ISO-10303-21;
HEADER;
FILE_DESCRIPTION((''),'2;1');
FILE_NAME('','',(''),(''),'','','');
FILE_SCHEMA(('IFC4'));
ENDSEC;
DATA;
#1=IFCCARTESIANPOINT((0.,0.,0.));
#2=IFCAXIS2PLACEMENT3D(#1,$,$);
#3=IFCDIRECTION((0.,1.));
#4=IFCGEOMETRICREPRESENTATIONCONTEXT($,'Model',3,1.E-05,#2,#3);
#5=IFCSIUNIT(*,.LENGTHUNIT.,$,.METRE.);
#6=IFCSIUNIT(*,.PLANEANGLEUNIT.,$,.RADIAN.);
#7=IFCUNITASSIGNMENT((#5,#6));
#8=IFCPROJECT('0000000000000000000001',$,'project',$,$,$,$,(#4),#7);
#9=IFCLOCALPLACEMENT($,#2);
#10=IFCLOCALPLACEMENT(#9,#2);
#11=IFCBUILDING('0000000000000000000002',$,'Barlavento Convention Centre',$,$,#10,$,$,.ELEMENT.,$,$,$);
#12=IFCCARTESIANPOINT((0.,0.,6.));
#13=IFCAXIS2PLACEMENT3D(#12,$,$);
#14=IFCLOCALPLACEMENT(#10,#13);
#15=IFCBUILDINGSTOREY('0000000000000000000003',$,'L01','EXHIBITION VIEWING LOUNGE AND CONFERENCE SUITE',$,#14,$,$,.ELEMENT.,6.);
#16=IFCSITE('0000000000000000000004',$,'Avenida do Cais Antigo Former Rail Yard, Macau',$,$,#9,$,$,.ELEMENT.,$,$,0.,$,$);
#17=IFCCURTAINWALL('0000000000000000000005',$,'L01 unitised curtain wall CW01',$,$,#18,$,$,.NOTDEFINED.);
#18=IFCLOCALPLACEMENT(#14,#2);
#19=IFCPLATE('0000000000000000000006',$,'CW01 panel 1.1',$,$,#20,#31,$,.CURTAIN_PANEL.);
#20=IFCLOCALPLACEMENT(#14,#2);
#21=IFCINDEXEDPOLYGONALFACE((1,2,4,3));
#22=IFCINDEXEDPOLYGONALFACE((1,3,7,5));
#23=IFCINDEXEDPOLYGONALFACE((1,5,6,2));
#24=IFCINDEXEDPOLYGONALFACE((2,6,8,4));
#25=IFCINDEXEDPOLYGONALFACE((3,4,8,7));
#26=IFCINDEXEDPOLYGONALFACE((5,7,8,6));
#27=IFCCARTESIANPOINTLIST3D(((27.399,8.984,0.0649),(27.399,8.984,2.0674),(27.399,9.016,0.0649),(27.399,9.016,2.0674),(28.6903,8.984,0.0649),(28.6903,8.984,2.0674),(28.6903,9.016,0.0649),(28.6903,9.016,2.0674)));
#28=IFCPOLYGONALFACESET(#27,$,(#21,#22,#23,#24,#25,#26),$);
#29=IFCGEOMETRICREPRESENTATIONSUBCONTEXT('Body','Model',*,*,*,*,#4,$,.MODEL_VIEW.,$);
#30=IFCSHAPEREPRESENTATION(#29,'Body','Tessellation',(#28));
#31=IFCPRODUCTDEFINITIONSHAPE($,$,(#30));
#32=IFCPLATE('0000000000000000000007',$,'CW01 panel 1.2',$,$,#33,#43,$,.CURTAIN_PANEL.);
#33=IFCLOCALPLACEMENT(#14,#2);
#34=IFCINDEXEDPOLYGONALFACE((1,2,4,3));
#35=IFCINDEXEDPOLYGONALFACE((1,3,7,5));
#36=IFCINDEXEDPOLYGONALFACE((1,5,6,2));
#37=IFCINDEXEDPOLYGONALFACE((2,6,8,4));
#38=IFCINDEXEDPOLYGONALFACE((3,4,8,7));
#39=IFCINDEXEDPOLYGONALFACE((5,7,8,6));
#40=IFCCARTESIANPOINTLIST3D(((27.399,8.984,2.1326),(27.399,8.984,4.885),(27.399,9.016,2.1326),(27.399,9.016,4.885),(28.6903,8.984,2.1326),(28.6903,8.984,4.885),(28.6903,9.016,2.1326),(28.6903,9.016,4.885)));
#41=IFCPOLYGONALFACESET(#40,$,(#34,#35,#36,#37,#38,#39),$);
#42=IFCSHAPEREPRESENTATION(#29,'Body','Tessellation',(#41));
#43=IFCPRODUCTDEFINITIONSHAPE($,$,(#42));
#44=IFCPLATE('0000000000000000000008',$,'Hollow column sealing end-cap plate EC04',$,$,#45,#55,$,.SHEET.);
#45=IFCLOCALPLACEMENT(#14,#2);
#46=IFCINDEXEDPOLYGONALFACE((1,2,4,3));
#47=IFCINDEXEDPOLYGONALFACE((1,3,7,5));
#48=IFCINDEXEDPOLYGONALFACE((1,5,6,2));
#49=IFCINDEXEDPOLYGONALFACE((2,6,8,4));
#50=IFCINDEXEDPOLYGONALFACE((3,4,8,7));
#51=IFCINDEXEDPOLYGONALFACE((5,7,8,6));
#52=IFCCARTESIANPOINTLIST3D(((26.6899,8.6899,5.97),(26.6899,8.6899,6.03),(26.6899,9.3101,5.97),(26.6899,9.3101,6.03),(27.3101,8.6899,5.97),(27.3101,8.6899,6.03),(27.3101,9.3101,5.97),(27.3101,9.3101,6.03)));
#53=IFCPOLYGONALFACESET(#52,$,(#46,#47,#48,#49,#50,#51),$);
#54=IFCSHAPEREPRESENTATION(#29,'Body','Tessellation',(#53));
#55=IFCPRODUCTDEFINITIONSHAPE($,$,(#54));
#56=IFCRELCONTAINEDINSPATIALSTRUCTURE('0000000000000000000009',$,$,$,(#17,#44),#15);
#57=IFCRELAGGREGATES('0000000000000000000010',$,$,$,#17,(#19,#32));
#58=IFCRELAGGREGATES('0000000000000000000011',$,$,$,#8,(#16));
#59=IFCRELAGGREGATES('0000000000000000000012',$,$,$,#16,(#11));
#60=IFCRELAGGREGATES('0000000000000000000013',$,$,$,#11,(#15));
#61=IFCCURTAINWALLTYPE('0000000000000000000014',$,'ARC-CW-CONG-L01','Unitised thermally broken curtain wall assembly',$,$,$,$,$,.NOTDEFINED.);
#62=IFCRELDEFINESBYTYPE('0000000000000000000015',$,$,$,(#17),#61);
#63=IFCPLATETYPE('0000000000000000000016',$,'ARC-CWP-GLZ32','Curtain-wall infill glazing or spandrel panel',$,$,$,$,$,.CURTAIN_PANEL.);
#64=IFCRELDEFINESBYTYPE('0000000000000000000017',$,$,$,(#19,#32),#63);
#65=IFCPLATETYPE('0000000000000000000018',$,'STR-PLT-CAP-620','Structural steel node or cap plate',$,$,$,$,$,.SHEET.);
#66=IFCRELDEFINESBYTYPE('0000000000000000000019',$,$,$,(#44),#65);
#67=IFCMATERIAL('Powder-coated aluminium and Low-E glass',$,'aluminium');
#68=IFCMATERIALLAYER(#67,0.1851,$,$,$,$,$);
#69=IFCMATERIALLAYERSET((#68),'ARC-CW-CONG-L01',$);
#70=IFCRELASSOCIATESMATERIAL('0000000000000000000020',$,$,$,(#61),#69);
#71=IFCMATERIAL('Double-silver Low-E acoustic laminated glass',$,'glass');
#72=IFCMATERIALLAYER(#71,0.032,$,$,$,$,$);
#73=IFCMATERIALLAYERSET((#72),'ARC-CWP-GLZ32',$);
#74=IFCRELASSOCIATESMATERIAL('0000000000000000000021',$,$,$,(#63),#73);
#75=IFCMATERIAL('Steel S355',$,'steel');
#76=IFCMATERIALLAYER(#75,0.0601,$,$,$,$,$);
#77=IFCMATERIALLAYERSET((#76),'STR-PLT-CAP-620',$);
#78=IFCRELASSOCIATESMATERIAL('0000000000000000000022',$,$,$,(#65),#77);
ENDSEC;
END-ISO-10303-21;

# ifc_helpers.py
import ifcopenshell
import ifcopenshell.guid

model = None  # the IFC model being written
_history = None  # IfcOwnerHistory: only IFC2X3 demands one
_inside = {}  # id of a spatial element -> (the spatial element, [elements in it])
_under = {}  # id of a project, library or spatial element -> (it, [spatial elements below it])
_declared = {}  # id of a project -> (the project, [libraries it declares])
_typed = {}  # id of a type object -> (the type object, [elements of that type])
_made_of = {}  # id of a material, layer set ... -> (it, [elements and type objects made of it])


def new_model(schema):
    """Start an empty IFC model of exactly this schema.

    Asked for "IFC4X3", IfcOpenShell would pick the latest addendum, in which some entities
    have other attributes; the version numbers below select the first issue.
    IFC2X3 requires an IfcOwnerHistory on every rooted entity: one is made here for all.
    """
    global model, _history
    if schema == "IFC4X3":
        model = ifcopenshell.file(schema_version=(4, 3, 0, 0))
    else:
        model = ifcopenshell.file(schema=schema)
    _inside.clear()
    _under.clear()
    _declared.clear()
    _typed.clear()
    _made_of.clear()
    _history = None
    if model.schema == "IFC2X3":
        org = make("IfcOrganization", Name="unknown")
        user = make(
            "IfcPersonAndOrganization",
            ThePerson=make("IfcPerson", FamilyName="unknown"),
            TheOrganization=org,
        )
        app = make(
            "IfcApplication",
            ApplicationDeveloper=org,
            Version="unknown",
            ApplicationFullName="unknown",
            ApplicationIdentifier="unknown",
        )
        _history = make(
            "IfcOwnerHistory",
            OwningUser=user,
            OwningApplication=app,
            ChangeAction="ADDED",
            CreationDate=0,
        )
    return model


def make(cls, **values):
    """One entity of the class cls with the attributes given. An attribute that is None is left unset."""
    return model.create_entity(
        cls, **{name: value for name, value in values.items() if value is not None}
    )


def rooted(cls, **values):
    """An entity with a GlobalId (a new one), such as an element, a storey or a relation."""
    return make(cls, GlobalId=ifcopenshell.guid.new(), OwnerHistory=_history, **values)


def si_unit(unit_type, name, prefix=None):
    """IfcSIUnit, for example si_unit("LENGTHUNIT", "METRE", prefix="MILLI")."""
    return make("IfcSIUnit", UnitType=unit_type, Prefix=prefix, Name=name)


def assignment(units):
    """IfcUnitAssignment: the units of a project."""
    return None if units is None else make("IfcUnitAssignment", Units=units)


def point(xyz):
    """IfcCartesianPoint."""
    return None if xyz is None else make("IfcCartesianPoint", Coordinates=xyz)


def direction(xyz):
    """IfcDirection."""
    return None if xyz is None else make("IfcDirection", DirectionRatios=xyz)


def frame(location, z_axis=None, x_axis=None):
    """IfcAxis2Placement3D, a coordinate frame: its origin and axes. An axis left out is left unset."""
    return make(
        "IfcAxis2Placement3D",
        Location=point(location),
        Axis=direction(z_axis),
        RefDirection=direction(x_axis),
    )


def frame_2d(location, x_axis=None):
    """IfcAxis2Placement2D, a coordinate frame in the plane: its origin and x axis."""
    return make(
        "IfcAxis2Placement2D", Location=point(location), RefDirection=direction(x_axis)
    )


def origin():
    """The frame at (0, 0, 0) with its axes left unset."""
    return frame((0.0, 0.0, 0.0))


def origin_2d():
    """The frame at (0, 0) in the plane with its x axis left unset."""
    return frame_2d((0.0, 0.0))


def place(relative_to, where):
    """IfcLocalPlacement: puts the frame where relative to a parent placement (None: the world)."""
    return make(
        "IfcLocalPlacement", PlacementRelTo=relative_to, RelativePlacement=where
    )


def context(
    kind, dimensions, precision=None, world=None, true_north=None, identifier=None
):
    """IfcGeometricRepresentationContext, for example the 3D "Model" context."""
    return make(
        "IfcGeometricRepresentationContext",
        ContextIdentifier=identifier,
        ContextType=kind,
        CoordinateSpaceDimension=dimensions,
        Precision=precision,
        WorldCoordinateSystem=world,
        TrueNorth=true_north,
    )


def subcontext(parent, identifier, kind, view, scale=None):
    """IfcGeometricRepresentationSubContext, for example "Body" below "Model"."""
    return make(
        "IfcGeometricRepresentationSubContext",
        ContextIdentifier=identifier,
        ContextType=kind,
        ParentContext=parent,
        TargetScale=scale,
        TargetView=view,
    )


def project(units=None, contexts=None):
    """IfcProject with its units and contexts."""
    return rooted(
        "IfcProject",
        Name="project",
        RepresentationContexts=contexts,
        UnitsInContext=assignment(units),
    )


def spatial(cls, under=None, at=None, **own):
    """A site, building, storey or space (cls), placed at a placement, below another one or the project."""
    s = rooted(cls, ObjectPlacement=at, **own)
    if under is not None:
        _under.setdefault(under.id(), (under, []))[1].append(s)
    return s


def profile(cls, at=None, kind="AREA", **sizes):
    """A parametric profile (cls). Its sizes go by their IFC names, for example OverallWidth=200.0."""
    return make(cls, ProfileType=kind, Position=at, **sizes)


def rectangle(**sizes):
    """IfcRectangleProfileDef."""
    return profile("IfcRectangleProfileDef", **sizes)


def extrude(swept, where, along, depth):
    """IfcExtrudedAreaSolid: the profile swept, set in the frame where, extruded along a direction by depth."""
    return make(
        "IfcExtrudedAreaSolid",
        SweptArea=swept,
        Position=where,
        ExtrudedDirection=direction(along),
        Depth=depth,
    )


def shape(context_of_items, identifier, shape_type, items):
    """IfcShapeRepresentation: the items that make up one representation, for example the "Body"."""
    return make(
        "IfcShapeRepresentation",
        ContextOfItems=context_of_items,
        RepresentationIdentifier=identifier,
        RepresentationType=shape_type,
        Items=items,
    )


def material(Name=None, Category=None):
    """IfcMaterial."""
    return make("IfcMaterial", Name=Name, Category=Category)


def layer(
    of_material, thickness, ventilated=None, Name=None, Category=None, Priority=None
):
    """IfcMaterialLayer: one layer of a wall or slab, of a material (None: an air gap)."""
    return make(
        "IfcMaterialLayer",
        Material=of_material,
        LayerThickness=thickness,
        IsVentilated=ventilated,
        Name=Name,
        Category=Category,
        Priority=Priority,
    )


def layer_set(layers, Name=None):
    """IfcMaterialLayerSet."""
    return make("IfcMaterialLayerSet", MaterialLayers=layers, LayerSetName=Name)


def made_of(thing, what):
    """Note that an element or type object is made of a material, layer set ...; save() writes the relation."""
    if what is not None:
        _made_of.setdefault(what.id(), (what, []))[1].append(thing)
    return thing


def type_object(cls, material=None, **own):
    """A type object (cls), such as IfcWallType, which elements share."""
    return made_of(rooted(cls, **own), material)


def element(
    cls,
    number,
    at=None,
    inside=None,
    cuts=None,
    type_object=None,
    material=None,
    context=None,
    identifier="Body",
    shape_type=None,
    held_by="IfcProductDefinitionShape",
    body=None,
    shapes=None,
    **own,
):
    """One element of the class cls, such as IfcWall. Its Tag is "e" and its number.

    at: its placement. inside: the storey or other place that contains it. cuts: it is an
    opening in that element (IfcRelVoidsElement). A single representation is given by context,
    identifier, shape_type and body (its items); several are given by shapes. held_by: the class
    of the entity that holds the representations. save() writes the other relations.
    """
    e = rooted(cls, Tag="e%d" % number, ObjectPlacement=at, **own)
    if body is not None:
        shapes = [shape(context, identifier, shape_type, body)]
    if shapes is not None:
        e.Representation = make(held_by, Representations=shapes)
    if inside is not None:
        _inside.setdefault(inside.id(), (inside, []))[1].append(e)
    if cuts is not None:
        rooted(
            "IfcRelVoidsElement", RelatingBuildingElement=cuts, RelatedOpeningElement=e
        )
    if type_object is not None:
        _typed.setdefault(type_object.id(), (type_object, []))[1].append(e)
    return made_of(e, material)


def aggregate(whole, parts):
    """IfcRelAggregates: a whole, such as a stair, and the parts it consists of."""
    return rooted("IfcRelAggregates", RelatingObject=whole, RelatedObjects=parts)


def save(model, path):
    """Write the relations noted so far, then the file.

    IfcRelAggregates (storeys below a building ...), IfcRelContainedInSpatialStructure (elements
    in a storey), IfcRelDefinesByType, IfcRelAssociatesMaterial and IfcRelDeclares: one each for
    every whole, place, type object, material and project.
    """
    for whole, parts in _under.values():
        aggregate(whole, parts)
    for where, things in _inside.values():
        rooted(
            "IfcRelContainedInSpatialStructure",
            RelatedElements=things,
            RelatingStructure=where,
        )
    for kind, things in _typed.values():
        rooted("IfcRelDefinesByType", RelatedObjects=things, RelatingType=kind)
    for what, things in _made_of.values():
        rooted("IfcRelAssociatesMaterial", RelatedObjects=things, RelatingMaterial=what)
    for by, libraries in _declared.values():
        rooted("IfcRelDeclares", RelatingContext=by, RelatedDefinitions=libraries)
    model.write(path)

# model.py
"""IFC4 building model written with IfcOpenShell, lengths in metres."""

from ifc_helpers import new_model, si_unit, direction, frame, origin, origin_2d, place, context, subcontext, project, spatial, rectangle, extrude, material, layer, layer_set, type_object, element, aggregate, save


model = new_model("IFC4")

# Units and contexts
model_context = context("Model", 3, precision=1e-05, world=origin(), true_north=direction((0.0, 1.0)))
body_context = subcontext(model_context, "Body", "Model", "MODEL_VIEW")
ifc_project = project(units=[si_unit("LENGTHUNIT", "METRE"), si_unit("PLANEANGLEUNIT", "RADIAN")], contexts=[model_context])

# Site, building, storey
site_placement = place(None, origin())
site = spatial("IfcSite", under=ifc_project, at=site_placement, Name="Avenida do Cais Antigo Former Rail Yard, Macau", CompositionType="ELEMENT", RefElevation=0.0)
building_placement = place(site_placement, origin())
building = spatial("IfcBuilding", under=site, at=building_placement, Name="Barlavento Convention Centre", CompositionType="ELEMENT")
storey_placement = place(building_placement, frame((0.0, 0.0, 6.0)))
storey = spatial("IfcBuildingStorey", under=building, at=storey_placement, Name="L01", Description="EXHIBITION VIEWING LOUNGE AND CONFERENCE SUITE", CompositionType="ELEMENT", Elevation=6.0)

# Curtain wall
ifc_material_1 = material(Name="Powder-coated aluminium and Low-E glass", Category="aluminium")
ifc_layer_1 = layer(ifc_material_1, 0.1851)
ifc_layer_set_1 = layer_set([ifc_layer_1], Name="ARC-CW-CONG-L01")
curtain_wall_type = type_object("IfcCurtainWallType", Name="ARC-CW-CONG-L01", Description="Unitised thermally broken curtain wall assembly", PredefinedType="NOTDEFINED", material=ifc_layer_set_1)
curtain_wall_1_placement = place(storey_placement, origin())
curtain_wall_1 = element("IfcCurtainWall", 1, at=curtain_wall_1_placement, inside=storey, type_object=curtain_wall_type, Name="L01 unitised curtain wall CW01", PredefinedType="NOTDEFINED")

# Shared definitions
ifc_material_2 = material(Name="Steel S355", Category="steel")

# Plates
ifc_material_3 = material(Name="Double-silver Low-E acoustic laminated glass", Category="glass")
ifc_layer_2 = layer(ifc_material_3, 0.032)
ifc_layer_set_2 = layer_set([ifc_layer_2], Name="ARC-CWP-GLZ32")
plate_type_1 = type_object("IfcPlateType", Name="ARC-CWP-GLZ32", Description="Curtain-wall infill glazing or spandrel panel", PredefinedType="CURTAIN_PANEL", material=ifc_layer_set_2)
plate_1_placement = place(storey_placement, frame((28.0447, 9.0, 0.0649), z_axis=(0.0, 0.0, 1.0), x_axis=(1.0, 0.0, 0.0)))
plate_1 = element("IfcPlate", 2, at=plate_1_placement, type_object=plate_type_1, Name="CW01 panel 1.1", PredefinedType="CURTAIN_PANEL", context=body_context, shape_type="SweptSolid", body=[
    extrude(rectangle(XDim=1.2913, YDim=0.032, at=origin_2d()), origin(), (0.0, 0.0, 1.0), 2.0024),
])
plate_2_placement = place(storey_placement, frame((28.0447, 9.0, 2.1326), z_axis=(0.0, 0.0, 1.0), x_axis=(1.0, 0.0, 0.0)))
plate_2 = element("IfcPlate", 3, at=plate_2_placement, type_object=plate_type_1, Name="CW01 panel 1.2", PredefinedType="CURTAIN_PANEL", context=body_context, shape_type="SweptSolid", body=[
    extrude(rectangle(XDim=1.2913, YDim=0.032, at=origin_2d()), origin(), (0.0, 0.0, 1.0), 2.7524),
])
aggregate(curtain_wall_1, [plate_1, plate_2])
ifc_layer_3 = layer(ifc_material_2, 0.0601)
ifc_layer_set_3 = layer_set([ifc_layer_3], Name="STR-PLT-CAP-620")
plate_type_2 = type_object("IfcPlateType", Name="STR-PLT-CAP-620", Description="Structural steel node or cap plate", PredefinedType="SHEET", material=ifc_layer_set_3)
plate_3_placement = place(storey_placement, frame((27.0, 9.0, 5.97), z_axis=(0.0, 0.0, 1.0), x_axis=(1.0, 0.0, 0.0)))
element("IfcPlate", 4, at=plate_3_placement, inside=storey, type_object=plate_type_2, Name="Hollow column sealing end-cap plate EC04", PredefinedType="SHEET", context=body_context, shape_type="SweptSolid", body=[
    extrude(rectangle(XDim=0.6201, YDim=0.6201, at=origin_2d()), origin(), (0.0, 0.0, 1.0), 0.0601),
])

save(model, "model.ifc")
